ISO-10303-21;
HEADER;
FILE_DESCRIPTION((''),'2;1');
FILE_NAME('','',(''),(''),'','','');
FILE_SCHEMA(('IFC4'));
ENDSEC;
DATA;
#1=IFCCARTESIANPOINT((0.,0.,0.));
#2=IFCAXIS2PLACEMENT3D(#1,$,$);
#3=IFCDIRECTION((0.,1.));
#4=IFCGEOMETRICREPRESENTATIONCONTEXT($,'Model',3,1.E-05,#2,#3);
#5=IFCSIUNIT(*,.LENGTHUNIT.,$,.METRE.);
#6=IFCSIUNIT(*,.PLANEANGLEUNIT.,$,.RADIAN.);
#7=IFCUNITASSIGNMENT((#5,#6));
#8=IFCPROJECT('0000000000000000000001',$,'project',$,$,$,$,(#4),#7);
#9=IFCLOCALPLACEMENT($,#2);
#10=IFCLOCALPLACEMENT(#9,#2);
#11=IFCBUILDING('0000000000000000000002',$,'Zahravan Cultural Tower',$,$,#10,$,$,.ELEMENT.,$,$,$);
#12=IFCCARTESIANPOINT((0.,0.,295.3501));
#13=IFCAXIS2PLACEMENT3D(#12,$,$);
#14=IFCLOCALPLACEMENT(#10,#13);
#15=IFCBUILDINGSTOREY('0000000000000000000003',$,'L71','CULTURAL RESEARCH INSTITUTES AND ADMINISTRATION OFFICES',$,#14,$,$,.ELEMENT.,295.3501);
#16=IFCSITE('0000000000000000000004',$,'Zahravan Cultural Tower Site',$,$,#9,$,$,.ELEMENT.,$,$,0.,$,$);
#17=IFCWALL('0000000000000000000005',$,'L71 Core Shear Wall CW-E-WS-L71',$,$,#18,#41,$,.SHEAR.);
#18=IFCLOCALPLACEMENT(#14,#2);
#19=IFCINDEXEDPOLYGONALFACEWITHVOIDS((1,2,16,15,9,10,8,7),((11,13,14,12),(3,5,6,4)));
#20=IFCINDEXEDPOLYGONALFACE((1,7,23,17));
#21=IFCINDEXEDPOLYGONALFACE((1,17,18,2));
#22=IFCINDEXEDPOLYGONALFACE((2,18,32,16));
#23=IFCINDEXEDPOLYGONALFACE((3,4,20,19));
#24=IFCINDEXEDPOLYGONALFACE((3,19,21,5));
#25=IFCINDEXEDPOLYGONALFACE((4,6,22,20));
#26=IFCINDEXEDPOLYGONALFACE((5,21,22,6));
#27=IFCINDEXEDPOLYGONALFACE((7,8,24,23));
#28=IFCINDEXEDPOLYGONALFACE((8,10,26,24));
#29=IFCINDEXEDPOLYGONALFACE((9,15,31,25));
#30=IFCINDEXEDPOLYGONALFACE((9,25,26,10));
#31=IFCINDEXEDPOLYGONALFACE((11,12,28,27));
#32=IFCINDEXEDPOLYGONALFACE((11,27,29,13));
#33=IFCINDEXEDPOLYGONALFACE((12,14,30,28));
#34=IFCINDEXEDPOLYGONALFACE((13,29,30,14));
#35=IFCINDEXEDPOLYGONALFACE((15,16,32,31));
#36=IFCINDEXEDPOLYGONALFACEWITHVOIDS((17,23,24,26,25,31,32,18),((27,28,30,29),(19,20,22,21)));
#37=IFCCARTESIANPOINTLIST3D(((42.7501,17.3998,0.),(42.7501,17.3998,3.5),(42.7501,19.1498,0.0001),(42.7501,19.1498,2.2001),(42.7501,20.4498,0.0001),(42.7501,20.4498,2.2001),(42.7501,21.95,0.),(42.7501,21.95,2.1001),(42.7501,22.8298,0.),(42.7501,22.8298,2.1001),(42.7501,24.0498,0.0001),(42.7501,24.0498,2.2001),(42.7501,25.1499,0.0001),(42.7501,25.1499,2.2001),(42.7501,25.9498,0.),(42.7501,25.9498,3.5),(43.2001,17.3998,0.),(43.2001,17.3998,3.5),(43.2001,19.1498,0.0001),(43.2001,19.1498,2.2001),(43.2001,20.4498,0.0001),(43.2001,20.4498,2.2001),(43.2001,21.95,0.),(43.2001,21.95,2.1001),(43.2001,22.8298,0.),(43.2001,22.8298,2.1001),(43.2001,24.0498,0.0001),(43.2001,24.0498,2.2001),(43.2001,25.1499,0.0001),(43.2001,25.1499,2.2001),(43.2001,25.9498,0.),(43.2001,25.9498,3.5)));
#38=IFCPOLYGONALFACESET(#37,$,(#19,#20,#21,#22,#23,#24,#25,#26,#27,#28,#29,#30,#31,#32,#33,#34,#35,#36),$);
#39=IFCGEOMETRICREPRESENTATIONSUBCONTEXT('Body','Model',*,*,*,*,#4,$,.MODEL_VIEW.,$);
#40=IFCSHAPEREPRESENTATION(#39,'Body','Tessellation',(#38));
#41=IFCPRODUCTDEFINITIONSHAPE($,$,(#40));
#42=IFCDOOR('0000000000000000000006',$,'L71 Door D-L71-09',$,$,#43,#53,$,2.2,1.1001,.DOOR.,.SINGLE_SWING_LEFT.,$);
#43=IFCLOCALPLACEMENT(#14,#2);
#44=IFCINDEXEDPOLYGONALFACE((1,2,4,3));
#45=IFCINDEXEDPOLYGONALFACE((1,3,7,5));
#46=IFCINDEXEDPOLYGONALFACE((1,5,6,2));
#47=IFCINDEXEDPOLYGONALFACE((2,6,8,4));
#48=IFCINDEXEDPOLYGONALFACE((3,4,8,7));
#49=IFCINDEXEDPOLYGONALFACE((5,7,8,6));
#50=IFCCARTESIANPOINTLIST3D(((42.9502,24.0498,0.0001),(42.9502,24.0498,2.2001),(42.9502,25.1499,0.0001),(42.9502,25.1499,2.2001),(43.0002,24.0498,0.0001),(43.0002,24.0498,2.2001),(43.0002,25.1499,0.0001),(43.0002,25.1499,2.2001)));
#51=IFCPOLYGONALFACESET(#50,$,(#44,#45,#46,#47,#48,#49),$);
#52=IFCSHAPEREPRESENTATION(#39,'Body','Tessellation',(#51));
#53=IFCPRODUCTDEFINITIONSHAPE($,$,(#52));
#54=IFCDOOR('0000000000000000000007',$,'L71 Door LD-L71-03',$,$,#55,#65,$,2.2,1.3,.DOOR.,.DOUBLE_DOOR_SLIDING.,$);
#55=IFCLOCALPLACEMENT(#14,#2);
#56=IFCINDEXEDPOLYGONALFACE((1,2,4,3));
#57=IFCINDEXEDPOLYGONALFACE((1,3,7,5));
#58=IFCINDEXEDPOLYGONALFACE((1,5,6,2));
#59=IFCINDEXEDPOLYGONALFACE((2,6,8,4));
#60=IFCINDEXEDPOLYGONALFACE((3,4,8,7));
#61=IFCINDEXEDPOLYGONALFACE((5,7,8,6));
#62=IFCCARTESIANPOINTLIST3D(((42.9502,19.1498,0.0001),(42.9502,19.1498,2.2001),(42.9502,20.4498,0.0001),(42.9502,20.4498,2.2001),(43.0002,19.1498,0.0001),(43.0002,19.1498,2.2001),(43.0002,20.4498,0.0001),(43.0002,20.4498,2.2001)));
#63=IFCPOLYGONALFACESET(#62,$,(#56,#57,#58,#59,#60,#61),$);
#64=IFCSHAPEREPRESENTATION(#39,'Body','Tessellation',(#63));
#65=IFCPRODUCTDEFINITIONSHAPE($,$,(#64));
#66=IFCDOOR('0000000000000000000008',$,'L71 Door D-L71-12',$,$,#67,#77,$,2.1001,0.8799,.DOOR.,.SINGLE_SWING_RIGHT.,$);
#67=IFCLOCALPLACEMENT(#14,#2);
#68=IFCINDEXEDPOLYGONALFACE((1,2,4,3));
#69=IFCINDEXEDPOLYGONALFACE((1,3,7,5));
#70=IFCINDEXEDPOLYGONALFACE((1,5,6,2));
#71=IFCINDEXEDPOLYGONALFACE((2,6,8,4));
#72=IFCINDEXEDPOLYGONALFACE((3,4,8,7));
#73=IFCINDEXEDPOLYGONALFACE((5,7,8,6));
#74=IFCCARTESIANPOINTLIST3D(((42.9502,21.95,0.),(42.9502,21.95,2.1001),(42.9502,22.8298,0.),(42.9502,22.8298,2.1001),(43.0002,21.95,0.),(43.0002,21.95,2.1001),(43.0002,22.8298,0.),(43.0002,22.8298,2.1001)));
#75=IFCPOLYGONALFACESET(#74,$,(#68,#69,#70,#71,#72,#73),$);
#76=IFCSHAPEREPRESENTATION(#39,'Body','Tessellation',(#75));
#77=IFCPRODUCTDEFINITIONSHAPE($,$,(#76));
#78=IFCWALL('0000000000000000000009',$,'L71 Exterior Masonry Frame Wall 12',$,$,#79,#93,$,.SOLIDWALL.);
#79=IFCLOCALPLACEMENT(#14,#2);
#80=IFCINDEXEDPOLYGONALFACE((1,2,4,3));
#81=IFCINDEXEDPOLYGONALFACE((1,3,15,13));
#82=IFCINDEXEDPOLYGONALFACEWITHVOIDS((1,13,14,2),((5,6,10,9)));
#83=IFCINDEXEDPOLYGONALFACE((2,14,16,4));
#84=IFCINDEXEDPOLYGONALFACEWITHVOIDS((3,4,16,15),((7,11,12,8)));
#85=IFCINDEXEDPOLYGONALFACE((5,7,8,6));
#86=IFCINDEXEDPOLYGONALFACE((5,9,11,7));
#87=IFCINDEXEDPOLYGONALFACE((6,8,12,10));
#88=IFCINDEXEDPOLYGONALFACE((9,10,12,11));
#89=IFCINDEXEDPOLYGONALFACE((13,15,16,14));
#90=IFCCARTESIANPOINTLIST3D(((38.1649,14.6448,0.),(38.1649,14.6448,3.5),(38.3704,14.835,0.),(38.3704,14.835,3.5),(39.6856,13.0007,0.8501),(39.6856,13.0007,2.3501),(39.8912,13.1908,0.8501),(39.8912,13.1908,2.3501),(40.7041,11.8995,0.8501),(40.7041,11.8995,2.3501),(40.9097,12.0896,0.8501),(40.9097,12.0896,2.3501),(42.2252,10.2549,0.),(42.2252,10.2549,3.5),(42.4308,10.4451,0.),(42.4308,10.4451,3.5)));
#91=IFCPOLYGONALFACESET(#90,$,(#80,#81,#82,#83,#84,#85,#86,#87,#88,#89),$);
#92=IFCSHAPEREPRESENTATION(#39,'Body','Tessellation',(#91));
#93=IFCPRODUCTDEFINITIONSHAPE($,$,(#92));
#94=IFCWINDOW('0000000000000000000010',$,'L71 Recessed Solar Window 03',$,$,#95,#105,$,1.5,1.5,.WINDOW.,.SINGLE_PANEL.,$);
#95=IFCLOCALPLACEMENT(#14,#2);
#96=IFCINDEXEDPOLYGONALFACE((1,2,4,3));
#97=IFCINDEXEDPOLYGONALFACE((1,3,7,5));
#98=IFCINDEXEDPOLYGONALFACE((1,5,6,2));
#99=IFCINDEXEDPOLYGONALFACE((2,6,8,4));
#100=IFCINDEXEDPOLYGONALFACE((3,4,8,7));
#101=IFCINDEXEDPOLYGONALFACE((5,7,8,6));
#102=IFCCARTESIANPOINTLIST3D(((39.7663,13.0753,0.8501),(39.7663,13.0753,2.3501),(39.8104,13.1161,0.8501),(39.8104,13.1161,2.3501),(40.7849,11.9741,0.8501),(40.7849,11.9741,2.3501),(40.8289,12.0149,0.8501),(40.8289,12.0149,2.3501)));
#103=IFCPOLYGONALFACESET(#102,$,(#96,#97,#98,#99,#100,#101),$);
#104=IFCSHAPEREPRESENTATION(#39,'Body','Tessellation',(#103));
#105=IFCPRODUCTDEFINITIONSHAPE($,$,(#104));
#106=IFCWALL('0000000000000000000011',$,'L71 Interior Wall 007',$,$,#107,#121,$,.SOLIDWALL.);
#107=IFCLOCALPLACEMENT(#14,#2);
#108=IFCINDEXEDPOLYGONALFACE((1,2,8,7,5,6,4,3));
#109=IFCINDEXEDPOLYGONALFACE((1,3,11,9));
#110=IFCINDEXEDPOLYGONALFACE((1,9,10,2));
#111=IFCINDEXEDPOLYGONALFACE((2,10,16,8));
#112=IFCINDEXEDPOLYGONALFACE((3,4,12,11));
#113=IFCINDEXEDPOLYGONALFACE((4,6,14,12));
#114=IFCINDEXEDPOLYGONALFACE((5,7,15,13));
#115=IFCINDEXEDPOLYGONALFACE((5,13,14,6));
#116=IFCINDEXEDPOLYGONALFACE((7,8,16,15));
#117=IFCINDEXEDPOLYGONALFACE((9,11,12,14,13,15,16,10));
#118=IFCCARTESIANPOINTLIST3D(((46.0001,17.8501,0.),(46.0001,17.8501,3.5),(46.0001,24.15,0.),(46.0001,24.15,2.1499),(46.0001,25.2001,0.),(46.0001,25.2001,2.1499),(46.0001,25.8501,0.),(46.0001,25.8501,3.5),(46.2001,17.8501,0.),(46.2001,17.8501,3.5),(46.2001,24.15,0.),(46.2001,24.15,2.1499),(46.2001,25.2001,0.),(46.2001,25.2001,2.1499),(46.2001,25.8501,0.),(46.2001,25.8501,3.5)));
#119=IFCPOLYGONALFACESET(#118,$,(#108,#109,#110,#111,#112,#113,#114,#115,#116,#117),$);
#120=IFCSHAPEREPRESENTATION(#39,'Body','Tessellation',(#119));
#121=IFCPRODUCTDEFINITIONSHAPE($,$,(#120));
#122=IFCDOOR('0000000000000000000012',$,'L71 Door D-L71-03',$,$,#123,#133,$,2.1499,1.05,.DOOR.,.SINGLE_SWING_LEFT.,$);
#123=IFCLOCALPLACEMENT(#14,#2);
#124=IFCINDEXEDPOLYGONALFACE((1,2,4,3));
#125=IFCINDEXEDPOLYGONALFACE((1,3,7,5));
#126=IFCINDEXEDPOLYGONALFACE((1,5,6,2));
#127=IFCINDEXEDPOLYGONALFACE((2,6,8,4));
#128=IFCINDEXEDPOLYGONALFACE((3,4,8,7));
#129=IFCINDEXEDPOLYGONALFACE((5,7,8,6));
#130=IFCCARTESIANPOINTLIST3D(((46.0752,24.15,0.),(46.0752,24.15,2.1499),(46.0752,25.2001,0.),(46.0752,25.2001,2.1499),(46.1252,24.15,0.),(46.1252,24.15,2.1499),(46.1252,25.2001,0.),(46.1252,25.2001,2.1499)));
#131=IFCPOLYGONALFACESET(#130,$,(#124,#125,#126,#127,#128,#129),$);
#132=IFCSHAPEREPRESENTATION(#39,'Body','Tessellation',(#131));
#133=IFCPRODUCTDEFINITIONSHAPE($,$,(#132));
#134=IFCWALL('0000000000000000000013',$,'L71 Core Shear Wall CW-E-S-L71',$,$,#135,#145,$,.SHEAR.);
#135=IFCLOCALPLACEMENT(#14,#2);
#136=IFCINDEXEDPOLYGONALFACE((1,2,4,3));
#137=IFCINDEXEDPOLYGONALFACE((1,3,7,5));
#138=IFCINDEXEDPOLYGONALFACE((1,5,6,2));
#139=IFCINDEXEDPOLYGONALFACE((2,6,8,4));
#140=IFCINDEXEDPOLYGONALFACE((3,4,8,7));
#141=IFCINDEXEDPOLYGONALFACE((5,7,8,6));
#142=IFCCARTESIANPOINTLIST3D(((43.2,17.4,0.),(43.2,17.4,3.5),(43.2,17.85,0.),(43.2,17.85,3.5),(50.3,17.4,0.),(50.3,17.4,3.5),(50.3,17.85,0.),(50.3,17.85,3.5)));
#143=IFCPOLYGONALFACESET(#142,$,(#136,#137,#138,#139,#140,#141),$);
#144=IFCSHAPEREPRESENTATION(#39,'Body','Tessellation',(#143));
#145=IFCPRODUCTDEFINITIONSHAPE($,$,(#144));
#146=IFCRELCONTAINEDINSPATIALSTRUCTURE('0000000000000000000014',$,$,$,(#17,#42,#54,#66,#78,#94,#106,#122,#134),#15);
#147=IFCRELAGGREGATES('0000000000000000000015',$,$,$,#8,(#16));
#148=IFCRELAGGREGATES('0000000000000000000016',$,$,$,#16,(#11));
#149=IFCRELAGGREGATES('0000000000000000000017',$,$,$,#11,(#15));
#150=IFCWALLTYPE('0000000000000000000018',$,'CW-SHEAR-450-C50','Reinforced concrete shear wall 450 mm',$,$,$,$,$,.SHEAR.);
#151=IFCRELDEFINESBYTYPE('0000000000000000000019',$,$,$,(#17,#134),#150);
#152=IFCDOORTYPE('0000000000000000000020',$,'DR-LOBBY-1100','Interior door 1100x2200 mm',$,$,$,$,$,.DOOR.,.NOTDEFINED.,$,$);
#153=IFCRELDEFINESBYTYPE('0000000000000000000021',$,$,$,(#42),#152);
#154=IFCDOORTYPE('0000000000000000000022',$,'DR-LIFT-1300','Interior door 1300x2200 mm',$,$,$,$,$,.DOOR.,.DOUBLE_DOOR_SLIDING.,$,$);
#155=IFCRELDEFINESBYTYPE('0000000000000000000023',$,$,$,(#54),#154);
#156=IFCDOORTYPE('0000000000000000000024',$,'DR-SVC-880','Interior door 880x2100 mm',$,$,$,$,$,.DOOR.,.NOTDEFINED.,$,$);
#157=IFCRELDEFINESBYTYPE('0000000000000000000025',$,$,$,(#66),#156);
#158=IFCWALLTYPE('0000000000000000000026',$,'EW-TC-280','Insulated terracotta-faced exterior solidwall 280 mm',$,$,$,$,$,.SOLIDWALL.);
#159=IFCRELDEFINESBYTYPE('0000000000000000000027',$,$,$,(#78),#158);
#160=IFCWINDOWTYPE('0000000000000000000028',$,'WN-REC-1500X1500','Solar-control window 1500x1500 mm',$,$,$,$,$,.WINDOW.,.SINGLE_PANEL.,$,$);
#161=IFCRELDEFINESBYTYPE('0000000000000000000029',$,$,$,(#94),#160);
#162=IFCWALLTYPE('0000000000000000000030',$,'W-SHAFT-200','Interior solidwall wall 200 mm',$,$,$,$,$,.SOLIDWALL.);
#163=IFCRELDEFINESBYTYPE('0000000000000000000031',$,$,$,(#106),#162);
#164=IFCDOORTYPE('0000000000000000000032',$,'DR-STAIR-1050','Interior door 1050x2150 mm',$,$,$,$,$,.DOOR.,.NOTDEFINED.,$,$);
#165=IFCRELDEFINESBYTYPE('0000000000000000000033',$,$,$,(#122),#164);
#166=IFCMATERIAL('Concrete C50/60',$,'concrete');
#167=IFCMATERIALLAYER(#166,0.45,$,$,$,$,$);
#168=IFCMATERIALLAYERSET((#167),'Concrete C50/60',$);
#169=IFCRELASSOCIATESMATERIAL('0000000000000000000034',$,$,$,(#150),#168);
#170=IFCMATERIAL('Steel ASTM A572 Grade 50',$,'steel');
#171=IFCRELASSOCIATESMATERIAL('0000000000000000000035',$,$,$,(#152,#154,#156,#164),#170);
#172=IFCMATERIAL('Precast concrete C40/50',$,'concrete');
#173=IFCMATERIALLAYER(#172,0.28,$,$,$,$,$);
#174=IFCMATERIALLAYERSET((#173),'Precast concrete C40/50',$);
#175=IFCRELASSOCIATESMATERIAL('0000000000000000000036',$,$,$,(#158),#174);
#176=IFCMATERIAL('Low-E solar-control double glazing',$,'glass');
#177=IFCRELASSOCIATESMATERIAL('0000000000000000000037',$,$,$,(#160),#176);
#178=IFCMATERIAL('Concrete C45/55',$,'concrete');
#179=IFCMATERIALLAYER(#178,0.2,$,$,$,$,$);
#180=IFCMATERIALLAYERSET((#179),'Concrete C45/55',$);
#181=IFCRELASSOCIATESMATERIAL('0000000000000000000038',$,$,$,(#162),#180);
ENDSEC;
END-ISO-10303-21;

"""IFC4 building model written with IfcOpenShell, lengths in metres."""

from ifc_helpers import new_model, si_unit, direction, frame, frame_2d, origin, place, context, subcontext, project, spatial, rectangle, extrude, source, transform, mapped, material, layer, layer_set, type_object, element, fill, save


model = new_model("IFC4")

# Units and contexts
model_context = context("Model", 3, precision=1e-05, world=origin(), true_north=direction((0.0, 1.0)))
body_context = subcontext(model_context, "Body", "Model", "MODEL_VIEW")
ifc_project = project(units=[si_unit("LENGTHUNIT", "METRE"), si_unit("PLANEANGLEUNIT", "RADIAN")], contexts=[model_context])

# Site, building, storey
site_placement = place(None, origin())
site = spatial("IfcSite", under=ifc_project, at=site_placement, Name="Zahravan Cultural Tower Site", CompositionType="ELEMENT", RefElevation=0.0)
building_placement = place(site_placement, origin())
building = spatial("IfcBuilding", under=site, at=building_placement, Name="Zahravan Cultural Tower", CompositionType="ELEMENT")
storey_placement = place(building_placement, frame((0.0, 0.0, 295.3501)))
storey = spatial("IfcBuildingStorey", under=building, at=storey_placement, Name="L71", Description="CULTURAL RESEARCH INSTITUTES AND ADMINISTRATION OFFICES", CompositionType="ELEMENT", Elevation=295.3501)

# Shared definitions
ifc_material_1 = material(Name="Concrete C50/60", Category="concrete")

# Shared definitions
ifc_material_2 = material(Name="Concrete C45/55", Category="concrete")

# Wall, openings, doors
ifc_layer_1 = layer(ifc_material_1, 0.45)
ifc_layer_set_1 = layer_set([ifc_layer_1], Name="Concrete C50/60")
wall_type_1 = type_object("IfcWallType", Name="CW-SHEAR-450-C50", Description="Reinforced concrete shear wall 450 mm", PredefinedType="SHEAR", material=ifc_layer_set_1)
wall_1_placement = place(storey_placement, frame((42.9751, 17.3999, 0.0), z_axis=(0.0, 0.0, 1.0), x_axis=(0.0, 1.0, 0.0)))
wall_1 = element("IfcWall", 1, at=wall_1_placement, inside=storey, type_object=wall_type_1, Name="L71 Core Shear Wall CW-E-WS-L71", PredefinedType="SHEAR", context=body_context, shape_type="SweptSolid", body=[
    extrude(rectangle(XDim=8.55, YDim=0.45, at=frame_2d((4.2749, 0.0))), origin(), (0.0, 0.0, 1.0), 3.5),
])
opening_1_placement = place(wall_1_placement, frame((6.6499, 0.0, 0.0)))
opening_1 = element("IfcOpeningElement", 2, at=opening_1_placement, cuts=wall_1, PredefinedType="OPENING", context=body_context, shape_type="SweptSolid", body=[
    extrude(rectangle(XDim=1.1001, YDim=2.2, at=frame_2d((0.55, 1.1001))), frame((0.0, 0.2349, 0.0), z_axis=(0.0, -1.0, 0.0), x_axis=(1.0, 0.0, 0.0)), (0.0, 0.0, 1.0), 0.47),
])
opening_2_placement = place(wall_1_placement, frame((1.75, 0.0, 0.0)))
opening_2 = element("IfcOpeningElement", 3, at=opening_2_placement, cuts=wall_1, PredefinedType="OPENING", context=body_context, shape_type="SweptSolid", body=[
    extrude(rectangle(XDim=1.3, YDim=2.2, at=frame_2d((0.6499, 1.1001))), frame((0.0, 0.2349, 0.0), z_axis=(0.0, -1.0, 0.0), x_axis=(1.0, 0.0, 0.0)), (0.0, 0.0, 1.0), 0.47),
])
opening_3_placement = place(wall_1_placement, frame((4.55, 0.0, 0.0)))
opening_3 = element("IfcOpeningElement", 4, at=opening_3_placement, cuts=wall_1, PredefinedType="OPENING", context=body_context, shape_type="SweptSolid", body=[
    extrude(rectangle(XDim=0.8799, YDim=2.1001, at=frame_2d((0.4399, 1.05))), frame((0.0, 0.2349, 0.0), z_axis=(0.0, -1.0, 0.0), x_axis=(1.0, 0.0, 0.0)), (0.0, 0.0, 1.0), 0.47),
])
ifc_material_3 = material(Name="Steel ASTM A572 Grade 50", Category="steel")
door_type_1 = type_object("IfcDoorType", Name="DR-LOBBY-1100", Description="Interior door 1100x2200 mm", OperationType="NOTDEFINED", PredefinedType="DOOR", material=ifc_material_3)
shared_shape_1 = source(origin(), body_context, "Body", "SweptSolid", [
    extrude(rectangle(XDim=1.1001, YDim=2.2, at=frame_2d((0.55, 1.1001))), frame((0.0, 0.0249, 0.0), z_axis=(0.0, -1.0, 0.0), x_axis=(1.0, 0.0, 0.0)), (0.0, 0.0, 1.0), 0.05),
])
door_1_placement = place(opening_1_placement, origin())
door_1 = element("IfcDoor", 5, at=door_1_placement, inside=storey, type_object=door_type_1, Name="L71 Door D-L71-09", OperationType="SINGLE_SWING_LEFT", OverallHeight=2.2, OverallWidth=1.1001, PredefinedType="DOOR", context=body_context, shape_type="MappedRepresentation", body=[
    mapped(shared_shape_1, transform((0.0, 0.0, 0.0), x_axis=(1.0, 0.0, 0.0), y_axis=(0.0, 1.0, 0.0), z_axis=(0.0, 0.0, 1.0), scale=1.0)),
])
fill(opening_1, door_1)
door_type_2 = type_object("IfcDoorType", Name="DR-LIFT-1300", Description="Interior door 1300x2200 mm", OperationType="DOUBLE_DOOR_SLIDING", PredefinedType="DOOR", material=ifc_material_3)
shared_shape_2 = source(origin(), body_context, "Body", "SweptSolid", [
    extrude(rectangle(XDim=1.3, YDim=2.2, at=frame_2d((0.6499, 1.1001))), frame((0.0, 0.0249, 0.0), z_axis=(0.0, -1.0, 0.0), x_axis=(1.0, 0.0, 0.0)), (0.0, 0.0, 1.0), 0.05),
])
door_2_placement = place(opening_2_placement, origin())
door_2 = element("IfcDoor", 6, at=door_2_placement, inside=storey, type_object=door_type_2, Name="L71 Door LD-L71-03", OperationType="DOUBLE_DOOR_SLIDING", OverallHeight=2.2, OverallWidth=1.3, PredefinedType="DOOR", context=body_context, shape_type="MappedRepresentation", body=[
    mapped(shared_shape_2, transform((0.0, 0.0, 0.0), x_axis=(1.0, 0.0, 0.0), y_axis=(0.0, 1.0, 0.0), z_axis=(0.0, 0.0, 1.0), scale=1.0)),
])
fill(opening_2, door_2)
door_type_3 = type_object("IfcDoorType", Name="DR-SVC-880", Description="Interior door 880x2100 mm", OperationType="NOTDEFINED", PredefinedType="DOOR", material=ifc_material_3)
shared_shape_3 = source(origin(), body_context, "Body", "SweptSolid", [
    extrude(rectangle(XDim=0.8799, YDim=2.1001, at=frame_2d((0.4399, 1.05))), frame((0.0, 0.0249, 0.0), z_axis=(0.0, -1.0, 0.0), x_axis=(1.0, 0.0, 0.0)), (0.0, 0.0, 1.0), 0.05),
])
door_3_placement = place(opening_3_placement, origin())
door_3 = element("IfcDoor", 7, at=door_3_placement, inside=storey, type_object=door_type_3, Name="L71 Door D-L71-12", OperationType="SINGLE_SWING_RIGHT", OverallHeight=2.1001, OverallWidth=0.8799, PredefinedType="DOOR", context=body_context, shape_type="MappedRepresentation", body=[
    mapped(shared_shape_3, transform((0.0, 0.0, 0.0), x_axis=(1.0, 0.0, 0.0), y_axis=(0.0, 1.0, 0.0), z_axis=(0.0, 0.0, 1.0), scale=1.0)),
])
fill(opening_3, door_3)

# Wall, opening, window
ifc_material_4 = material(Name="Precast concrete C40/50", Category="concrete")
ifc_layer_2 = layer(ifc_material_4, 0.28)
ifc_layer_set_2 = layer_set([ifc_layer_2], Name="Precast concrete C40/50")
wall_type_2 = type_object("IfcWallType", Name="EW-TC-280", Description="Insulated terracotta-faced exterior solidwall 280 mm", PredefinedType="SOLIDWALL", material=ifc_layer_set_2)
wall_2_placement = place(storey_placement, frame((42.3279, 10.3501, 0.0), z_axis=(0.0, 0.0, 1.0), x_axis=(-0.679011, 0.734128, 0.0)))
wall_2 = element("IfcWall", 8, at=wall_2_placement, inside=storey, type_object=wall_type_2, Name="L71 Exterior Masonry Frame Wall 12", PredefinedType="SOLIDWALL", context=body_context, shape_type="SweptSolid", body=[
    extrude(rectangle(XDim=5.9797, YDim=0.28, at=frame_2d((2.9897, 0.0))), origin(), (0.0, 0.0, 1.0), 3.5),
])
opening_4_placement = place(wall_2_placement, frame((2.24, 0.0, 0.8501)))
opening_4 = element("IfcOpeningElement", 9, at=opening_4_placement, cuts=wall_2, PredefinedType="OPENING", context=body_context, shape_type="SweptSolid", body=[
    extrude(rectangle(XDim=1.5, YDim=1.5, at=frame_2d((0.75, 0.75))), frame((0.0, 0.1499, 0.0), z_axis=(0.0, -1.0, 0.0), x_axis=(1.0, 0.0, 0.0)), (0.0, 0.0, 1.0), 0.3),
])
ifc_material_5 = material(Name="Low-E solar-control double glazing", Category="glass")
window_type = type_object("IfcWindowType", Name="WN-REC-1500X1500", Description="Solar-control window 1500x1500 mm", PartitioningType="SINGLE_PANEL", PredefinedType="WINDOW", material=ifc_material_5)
shared_shape_4 = source(origin(), body_context, "Body", "SweptSolid", [
    extrude(rectangle(XDim=1.5, YDim=1.5, at=frame_2d((0.75, 0.75))), frame((0.0, 0.03, 0.0), z_axis=(0.0, -1.0, 0.0), x_axis=(1.0, 0.0, 0.0)), (0.0, 0.0, 1.0), 0.0601),
])
window_placement = place(opening_4_placement, origin())
window = element("IfcWindow", 10, at=window_placement, inside=storey, type_object=window_type, Name="L71 Recessed Solar Window 03", OverallHeight=1.5, OverallWidth=1.5, PartitioningType="SINGLE_PANEL", PredefinedType="WINDOW", context=body_context, shape_type="MappedRepresentation", body=[
    mapped(shared_shape_4, transform((0.0, 0.0, 0.0), x_axis=(1.0, 0.0, 0.0), y_axis=(0.0, 1.0, 0.0), z_axis=(0.0, 0.0, 1.0), scale=1.0)),
])
fill(opening_4, window)

# Wall, opening, door
ifc_layer_3 = layer(ifc_material_2, 0.2)
ifc_layer_set_3 = layer_set([ifc_layer_3], Name="Concrete C45/55")
wall_type_3 = type_object("IfcWallType", Name="W-SHAFT-200", Description="Interior solidwall wall 200 mm", PredefinedType="SOLIDWALL", material=ifc_layer_set_3)
wall_3_placement = place(storey_placement, frame((46.1001, 17.8501, 0.0), z_axis=(0.0, 0.0, 1.0), x_axis=(0.0, 1.0, 0.0)))
wall_3 = element("IfcWall", 11, at=wall_3_placement, inside=storey, type_object=wall_type_3, Name="L71 Interior Wall 007", PredefinedType="SOLIDWALL", context=body_context, shape_type="SweptSolid", body=[
    extrude(rectangle(XDim=8.0, YDim=0.2, at=frame_2d((4.0, 0.0))), origin(), (0.0, 0.0, 1.0), 3.5),
])
opening_5_placement = place(wall_3_placement, frame((6.3, 0.0, 0.0)))
opening_5 = element("IfcOpeningElement", 12, at=opening_5_placement, cuts=wall_3, PredefinedType="OPENING", context=body_context, shape_type="SweptSolid", body=[
    extrude(rectangle(XDim=1.05, YDim=2.1499, at=frame_2d((0.5249, 1.075))), frame((0.0, 0.1099, 0.0), z_axis=(0.0, -1.0, 0.0), x_axis=(1.0, 0.0, 0.0)), (0.0, 0.0, 1.0), 0.22),
])
door_type_4 = type_object("IfcDoorType", Name="DR-STAIR-1050", Description="Interior door 1050x2150 mm", OperationType="NOTDEFINED", PredefinedType="DOOR", material=ifc_material_3)
shared_shape_5 = source(origin(), body_context, "Body", "SweptSolid", [
    extrude(rectangle(XDim=1.05, YDim=2.1499, at=frame_2d((0.5249, 1.075))), frame((0.0, 0.0249, 0.0), z_axis=(0.0, -1.0, 0.0), x_axis=(1.0, 0.0, 0.0)), (0.0, 0.0, 1.0), 0.05),
])
door_4_placement = place(opening_5_placement, origin())
door_4 = element("IfcDoor", 13, at=door_4_placement, inside=storey, type_object=door_type_4, Name="L71 Door D-L71-03", OperationType="SINGLE_SWING_LEFT", OverallHeight=2.1499, OverallWidth=1.05, PredefinedType="DOOR", context=body_context, shape_type="MappedRepresentation", body=[
    mapped(shared_shape_5, transform((0.0, 0.0, 0.0), x_axis=(1.0, 0.0, 0.0), y_axis=(0.0, 1.0, 0.0), z_axis=(0.0, 0.0, 1.0), scale=1.0)),
])
fill(opening_5, door_4)

# Wall
shared_shape_6 = source(origin(), body_context, "Body", "SweptSolid", [
    extrude(rectangle(XDim=7.1001, YDim=0.45, at=frame_2d((3.55, 0.0))), origin(), (0.0, 0.0, 1.0), 3.5),
])
wall_4_placement = place(storey_placement, frame((43.2, 17.625, 0.0), z_axis=(0.0, 0.0, 1.0), x_axis=(1.0, 0.0, 0.0)))
element("IfcWall", 14, at=wall_4_placement, inside=storey, type_object=wall_type_1, Name="L71 Core Shear Wall CW-E-S-L71", PredefinedType="SHEAR", context=body_context, shape_type="MappedRepresentation", body=[
    mapped(shared_shape_6, transform((0.0, 0.0, 0.0), x_axis=(1.0, 0.0, 0.0), y_axis=(0.0, 1.0, 0.0), z_axis=(0.0, 0.0, 1.0), scale=1.0)),
])

save(model, "model.ifc")
